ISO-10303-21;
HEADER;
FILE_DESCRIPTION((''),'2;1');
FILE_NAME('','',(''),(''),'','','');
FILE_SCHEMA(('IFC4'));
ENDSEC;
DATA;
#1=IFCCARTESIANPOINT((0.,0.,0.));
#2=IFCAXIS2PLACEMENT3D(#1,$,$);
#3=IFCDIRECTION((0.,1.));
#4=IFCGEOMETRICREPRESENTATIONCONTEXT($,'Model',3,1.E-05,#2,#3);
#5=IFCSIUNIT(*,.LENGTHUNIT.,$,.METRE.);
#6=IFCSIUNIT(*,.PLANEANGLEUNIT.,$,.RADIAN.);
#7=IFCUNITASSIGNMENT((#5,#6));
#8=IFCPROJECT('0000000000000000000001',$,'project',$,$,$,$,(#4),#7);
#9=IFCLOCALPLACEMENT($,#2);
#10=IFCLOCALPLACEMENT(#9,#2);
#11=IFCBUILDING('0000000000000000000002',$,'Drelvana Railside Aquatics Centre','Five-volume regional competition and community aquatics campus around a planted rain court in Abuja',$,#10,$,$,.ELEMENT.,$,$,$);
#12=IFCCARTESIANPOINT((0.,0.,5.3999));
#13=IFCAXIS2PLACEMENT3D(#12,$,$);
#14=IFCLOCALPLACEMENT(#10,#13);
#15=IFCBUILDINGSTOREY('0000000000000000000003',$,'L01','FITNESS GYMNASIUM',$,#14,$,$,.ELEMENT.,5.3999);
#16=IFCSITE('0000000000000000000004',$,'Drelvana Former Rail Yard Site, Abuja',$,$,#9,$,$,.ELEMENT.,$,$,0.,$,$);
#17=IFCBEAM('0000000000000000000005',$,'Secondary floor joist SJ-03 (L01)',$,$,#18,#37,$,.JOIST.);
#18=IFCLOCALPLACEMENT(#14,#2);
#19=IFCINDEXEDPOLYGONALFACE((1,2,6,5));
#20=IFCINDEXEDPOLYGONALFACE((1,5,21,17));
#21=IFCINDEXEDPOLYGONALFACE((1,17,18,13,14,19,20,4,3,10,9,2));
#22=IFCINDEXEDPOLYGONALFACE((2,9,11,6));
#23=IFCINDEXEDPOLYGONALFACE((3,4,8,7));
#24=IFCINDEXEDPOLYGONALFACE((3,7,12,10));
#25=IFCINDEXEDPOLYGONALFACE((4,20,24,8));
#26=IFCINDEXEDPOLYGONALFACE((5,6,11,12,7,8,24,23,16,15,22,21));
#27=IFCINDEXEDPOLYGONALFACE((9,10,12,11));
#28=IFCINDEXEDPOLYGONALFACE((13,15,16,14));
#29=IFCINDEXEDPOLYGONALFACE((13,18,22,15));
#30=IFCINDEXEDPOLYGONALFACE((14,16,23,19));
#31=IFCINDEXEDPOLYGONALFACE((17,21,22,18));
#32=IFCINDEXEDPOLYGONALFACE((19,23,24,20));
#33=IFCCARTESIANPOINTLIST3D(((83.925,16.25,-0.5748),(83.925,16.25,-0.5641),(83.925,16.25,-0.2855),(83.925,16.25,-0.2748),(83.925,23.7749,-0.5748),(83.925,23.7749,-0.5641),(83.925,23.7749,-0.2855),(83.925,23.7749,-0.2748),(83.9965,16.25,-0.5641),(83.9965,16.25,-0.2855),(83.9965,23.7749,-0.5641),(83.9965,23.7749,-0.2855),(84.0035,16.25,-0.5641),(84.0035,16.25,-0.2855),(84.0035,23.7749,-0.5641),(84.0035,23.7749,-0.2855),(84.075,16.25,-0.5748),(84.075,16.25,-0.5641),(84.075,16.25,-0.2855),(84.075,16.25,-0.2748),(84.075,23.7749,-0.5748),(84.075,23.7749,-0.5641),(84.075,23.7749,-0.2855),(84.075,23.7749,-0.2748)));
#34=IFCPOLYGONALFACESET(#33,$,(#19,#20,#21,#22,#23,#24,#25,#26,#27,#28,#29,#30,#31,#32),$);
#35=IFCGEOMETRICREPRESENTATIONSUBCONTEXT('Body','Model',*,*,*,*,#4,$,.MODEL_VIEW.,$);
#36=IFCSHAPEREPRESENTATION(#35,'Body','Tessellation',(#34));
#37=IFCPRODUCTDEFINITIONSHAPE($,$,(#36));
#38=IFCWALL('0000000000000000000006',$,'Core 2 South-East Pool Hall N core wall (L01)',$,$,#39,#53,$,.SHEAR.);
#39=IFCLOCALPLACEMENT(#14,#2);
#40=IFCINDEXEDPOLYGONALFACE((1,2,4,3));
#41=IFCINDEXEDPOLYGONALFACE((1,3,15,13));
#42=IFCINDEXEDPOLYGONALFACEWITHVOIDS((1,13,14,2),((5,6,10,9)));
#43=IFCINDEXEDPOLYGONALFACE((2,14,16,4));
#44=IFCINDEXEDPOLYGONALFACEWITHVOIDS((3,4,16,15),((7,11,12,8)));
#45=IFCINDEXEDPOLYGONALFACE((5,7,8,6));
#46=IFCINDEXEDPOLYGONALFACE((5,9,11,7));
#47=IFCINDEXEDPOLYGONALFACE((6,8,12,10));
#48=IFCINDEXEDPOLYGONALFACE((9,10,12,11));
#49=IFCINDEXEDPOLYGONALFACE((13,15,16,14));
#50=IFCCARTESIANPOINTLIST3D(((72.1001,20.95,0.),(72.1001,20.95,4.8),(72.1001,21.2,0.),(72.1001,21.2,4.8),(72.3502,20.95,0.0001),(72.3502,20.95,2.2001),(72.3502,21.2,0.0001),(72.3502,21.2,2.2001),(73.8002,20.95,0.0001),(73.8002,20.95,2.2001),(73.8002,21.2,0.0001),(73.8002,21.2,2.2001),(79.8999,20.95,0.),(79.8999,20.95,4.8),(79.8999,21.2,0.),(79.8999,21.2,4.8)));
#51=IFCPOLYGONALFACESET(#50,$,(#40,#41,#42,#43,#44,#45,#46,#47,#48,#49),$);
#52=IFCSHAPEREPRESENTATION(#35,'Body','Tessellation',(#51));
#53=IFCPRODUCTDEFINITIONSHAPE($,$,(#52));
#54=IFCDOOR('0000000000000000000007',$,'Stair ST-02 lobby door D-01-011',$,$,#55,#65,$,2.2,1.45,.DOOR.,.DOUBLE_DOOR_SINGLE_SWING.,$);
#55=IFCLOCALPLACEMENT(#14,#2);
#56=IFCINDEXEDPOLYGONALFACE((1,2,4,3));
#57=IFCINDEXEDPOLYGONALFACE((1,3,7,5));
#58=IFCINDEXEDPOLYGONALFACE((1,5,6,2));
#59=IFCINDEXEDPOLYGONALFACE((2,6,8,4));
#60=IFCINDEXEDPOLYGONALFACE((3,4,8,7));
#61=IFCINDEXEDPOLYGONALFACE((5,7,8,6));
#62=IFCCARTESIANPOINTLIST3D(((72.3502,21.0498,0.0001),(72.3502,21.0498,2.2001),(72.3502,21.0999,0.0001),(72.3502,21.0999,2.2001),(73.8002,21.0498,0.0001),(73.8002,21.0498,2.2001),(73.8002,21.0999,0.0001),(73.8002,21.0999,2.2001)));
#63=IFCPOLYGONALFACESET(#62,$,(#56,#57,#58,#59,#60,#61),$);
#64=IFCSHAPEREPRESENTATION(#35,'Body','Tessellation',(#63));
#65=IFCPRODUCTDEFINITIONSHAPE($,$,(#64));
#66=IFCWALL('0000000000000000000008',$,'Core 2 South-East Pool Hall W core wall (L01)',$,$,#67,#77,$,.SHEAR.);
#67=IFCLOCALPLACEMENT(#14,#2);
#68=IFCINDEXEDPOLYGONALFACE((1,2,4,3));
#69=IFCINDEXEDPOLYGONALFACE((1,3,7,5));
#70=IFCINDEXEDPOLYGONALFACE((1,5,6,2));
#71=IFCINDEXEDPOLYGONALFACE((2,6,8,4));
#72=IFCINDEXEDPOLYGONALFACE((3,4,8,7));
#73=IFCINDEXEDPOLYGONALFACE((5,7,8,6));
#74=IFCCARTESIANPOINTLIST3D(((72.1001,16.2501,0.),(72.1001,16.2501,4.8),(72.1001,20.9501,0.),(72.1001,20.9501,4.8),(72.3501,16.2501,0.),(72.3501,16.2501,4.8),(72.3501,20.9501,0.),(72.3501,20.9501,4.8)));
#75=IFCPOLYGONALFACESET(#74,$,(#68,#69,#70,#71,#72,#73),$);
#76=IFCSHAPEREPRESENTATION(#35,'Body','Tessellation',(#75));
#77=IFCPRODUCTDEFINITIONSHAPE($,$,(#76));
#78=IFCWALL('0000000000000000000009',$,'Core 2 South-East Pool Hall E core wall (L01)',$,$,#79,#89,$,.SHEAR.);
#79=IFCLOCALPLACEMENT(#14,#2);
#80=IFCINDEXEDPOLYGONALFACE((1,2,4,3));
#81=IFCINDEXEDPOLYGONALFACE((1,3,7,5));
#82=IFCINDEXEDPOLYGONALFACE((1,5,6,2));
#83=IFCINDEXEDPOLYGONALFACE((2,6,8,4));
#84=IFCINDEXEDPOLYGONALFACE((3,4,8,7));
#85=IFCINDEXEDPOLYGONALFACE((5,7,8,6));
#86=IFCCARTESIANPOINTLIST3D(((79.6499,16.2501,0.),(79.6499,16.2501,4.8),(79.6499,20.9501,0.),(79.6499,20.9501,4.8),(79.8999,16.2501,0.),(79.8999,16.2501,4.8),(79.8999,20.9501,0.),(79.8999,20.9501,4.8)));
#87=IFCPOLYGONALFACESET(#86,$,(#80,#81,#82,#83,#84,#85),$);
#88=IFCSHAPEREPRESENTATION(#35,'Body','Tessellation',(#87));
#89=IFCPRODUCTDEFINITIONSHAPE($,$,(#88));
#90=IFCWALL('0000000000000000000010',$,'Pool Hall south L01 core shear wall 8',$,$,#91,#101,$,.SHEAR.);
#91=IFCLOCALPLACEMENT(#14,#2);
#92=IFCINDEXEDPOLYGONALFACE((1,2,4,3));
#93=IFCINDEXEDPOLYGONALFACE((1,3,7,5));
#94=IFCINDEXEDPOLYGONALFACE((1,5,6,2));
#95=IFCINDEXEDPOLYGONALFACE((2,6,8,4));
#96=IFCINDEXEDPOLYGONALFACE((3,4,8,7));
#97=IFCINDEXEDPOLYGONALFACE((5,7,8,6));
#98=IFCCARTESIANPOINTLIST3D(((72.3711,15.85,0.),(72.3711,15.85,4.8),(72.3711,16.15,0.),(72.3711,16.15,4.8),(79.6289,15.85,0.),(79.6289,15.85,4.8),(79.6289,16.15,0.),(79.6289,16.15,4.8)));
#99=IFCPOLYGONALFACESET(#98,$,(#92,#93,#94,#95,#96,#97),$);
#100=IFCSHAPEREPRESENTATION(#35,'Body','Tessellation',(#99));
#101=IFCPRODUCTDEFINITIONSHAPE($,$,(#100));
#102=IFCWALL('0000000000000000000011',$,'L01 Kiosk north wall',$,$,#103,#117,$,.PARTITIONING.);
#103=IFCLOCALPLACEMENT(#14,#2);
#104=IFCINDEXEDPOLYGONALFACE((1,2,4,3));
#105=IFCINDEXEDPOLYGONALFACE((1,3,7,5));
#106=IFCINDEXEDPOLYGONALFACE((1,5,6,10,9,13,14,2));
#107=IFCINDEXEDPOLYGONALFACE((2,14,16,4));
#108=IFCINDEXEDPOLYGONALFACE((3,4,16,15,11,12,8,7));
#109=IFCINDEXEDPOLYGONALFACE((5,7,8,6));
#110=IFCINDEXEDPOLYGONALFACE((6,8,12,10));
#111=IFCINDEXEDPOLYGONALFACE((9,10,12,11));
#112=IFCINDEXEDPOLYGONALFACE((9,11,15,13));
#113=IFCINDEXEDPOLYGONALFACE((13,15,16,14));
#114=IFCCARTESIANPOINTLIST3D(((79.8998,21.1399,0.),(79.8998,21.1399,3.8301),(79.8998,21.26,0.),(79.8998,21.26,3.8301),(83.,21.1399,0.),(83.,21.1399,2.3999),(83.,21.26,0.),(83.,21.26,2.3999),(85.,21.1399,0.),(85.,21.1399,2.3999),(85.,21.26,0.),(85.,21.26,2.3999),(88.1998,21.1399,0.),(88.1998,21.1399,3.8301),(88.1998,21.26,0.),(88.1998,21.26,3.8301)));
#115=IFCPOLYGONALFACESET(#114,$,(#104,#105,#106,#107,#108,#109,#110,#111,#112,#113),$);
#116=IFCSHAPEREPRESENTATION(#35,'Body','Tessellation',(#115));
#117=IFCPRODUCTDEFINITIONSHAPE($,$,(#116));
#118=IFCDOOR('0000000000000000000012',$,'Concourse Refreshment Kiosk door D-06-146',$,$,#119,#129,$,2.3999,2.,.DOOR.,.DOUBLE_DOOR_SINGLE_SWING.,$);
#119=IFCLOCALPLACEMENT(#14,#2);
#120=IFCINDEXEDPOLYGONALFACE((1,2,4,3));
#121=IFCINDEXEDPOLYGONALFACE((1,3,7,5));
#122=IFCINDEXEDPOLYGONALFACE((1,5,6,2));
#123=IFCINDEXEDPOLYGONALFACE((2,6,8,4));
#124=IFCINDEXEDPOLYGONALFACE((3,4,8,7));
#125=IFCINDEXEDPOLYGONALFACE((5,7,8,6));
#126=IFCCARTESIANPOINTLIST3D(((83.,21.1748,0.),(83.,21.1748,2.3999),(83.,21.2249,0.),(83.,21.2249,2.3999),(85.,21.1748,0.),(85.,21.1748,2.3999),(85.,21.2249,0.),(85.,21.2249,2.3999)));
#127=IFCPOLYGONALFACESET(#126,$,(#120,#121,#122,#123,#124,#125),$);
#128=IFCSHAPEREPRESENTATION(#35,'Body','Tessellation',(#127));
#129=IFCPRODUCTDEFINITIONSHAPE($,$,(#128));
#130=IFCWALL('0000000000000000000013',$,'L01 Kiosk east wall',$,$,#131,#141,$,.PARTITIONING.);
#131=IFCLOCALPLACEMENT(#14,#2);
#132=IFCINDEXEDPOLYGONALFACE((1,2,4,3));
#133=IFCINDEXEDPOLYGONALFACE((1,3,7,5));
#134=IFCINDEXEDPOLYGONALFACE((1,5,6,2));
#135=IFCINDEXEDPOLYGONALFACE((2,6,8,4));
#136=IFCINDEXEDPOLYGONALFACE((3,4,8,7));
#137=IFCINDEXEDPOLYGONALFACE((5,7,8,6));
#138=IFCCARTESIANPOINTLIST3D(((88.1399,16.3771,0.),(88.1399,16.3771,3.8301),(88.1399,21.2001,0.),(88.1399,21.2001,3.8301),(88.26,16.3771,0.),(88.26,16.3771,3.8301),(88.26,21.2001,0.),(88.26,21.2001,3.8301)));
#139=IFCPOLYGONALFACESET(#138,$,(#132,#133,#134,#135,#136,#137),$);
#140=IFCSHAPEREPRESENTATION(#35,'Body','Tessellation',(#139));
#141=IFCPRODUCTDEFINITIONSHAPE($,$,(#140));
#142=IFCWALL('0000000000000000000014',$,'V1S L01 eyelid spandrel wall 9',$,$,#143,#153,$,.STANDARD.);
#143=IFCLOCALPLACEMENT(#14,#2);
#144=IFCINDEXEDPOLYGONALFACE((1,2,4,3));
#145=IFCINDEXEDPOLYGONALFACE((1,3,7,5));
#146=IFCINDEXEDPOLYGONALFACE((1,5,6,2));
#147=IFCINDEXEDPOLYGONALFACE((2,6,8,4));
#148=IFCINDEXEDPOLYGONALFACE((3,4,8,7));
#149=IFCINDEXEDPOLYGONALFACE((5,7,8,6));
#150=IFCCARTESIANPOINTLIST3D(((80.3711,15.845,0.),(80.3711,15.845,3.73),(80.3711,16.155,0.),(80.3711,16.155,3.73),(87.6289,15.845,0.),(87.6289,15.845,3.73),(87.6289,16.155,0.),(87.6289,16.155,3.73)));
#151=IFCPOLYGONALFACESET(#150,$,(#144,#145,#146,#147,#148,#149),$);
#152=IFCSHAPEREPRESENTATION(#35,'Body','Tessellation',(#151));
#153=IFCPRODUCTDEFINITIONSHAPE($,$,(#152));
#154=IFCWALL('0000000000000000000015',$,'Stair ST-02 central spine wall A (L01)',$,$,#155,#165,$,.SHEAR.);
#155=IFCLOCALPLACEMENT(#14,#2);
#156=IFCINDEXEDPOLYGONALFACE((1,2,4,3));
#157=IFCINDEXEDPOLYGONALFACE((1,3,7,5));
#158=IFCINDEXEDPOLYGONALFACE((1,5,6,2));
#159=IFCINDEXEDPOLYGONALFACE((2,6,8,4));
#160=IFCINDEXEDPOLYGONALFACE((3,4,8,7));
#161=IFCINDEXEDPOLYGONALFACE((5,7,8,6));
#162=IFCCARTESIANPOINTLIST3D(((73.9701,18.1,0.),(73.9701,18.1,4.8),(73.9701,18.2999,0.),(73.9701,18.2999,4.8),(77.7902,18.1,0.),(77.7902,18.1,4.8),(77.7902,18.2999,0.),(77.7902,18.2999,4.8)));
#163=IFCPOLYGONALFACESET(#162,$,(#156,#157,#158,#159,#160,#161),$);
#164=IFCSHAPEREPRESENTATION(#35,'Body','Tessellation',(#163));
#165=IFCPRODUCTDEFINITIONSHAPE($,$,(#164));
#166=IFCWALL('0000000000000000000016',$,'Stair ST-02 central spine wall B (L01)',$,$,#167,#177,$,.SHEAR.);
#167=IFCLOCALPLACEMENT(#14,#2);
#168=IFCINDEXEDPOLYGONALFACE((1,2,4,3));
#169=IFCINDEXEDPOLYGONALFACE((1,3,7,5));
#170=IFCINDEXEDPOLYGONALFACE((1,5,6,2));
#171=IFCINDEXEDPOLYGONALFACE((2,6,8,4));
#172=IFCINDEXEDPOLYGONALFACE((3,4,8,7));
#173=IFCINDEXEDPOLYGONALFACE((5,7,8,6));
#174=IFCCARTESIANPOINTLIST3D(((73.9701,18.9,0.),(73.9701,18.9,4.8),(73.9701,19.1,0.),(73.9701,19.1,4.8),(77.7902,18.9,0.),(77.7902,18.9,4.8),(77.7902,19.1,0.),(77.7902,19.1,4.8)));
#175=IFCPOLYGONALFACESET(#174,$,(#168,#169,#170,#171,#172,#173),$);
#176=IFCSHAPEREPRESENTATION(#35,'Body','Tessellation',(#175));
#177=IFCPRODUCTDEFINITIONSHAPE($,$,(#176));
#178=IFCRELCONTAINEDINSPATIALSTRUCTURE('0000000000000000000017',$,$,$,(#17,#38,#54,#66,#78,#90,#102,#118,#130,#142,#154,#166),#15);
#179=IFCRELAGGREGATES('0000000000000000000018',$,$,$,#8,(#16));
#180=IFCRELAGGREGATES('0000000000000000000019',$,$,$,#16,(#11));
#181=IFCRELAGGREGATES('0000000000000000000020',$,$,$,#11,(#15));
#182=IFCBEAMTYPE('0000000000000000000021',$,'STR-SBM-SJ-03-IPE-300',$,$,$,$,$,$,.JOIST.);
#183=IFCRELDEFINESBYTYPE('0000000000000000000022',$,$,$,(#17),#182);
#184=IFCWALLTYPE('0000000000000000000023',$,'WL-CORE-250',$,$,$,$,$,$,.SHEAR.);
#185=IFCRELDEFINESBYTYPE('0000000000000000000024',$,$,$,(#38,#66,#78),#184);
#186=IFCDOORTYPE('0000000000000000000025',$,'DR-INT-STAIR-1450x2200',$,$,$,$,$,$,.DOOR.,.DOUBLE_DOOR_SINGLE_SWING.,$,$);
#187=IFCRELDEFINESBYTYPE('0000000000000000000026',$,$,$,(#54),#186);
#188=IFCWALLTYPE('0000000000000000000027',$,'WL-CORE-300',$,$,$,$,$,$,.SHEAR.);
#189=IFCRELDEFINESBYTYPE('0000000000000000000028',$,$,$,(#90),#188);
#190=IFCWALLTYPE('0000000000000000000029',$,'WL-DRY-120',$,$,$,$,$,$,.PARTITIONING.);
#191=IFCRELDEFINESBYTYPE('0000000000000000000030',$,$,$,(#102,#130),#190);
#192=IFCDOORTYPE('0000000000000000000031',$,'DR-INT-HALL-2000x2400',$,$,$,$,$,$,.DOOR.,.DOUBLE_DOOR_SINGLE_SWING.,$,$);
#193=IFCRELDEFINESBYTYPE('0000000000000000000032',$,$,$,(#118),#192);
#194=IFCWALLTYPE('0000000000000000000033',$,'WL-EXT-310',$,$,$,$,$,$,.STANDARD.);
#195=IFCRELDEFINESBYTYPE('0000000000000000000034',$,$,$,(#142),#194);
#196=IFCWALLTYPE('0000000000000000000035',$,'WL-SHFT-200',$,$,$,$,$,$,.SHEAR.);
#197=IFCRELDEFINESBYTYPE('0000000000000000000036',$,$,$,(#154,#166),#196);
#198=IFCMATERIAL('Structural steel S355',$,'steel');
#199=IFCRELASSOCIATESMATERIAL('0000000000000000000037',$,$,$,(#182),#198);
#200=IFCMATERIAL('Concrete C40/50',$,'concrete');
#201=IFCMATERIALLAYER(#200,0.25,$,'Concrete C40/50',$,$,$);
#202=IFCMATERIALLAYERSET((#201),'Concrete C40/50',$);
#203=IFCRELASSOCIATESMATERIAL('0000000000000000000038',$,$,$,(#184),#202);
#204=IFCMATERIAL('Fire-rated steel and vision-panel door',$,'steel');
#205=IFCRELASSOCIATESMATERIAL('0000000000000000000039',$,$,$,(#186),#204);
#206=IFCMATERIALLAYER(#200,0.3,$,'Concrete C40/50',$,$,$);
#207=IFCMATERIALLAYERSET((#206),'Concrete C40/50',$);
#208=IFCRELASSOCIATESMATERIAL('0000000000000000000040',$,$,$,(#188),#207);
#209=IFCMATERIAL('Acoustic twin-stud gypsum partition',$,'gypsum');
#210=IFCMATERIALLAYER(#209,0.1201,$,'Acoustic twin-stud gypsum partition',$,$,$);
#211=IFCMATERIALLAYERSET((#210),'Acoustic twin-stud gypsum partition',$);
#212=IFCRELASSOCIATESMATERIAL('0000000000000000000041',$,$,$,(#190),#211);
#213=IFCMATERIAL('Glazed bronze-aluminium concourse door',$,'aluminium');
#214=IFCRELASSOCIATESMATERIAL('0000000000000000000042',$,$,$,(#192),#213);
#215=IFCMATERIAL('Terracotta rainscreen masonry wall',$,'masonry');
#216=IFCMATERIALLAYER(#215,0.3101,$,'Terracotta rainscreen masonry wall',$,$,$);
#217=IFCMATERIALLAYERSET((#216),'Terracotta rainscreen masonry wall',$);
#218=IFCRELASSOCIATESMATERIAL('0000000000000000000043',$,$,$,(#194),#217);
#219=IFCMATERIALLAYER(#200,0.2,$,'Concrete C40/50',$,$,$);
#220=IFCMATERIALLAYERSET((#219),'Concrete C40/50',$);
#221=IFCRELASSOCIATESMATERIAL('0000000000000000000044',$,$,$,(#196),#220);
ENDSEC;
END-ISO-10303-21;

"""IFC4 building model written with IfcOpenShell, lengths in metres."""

from ifc_helpers import new_model, si_unit, direction, frame, frame_2d, origin, origin_2d, place, context, subcontext, project, spatial, rectangle, i_section, extrude, material, layer, layer_set, material_profile, profile_set, type_object, element, fill, save


model = new_model("IFC4")

# Units and contexts
model_context = context("Model", 3, precision=1e-05, world=origin(), true_north=direction((0.0, 1.0)))
body_context = subcontext(model_context, "Body", "Model", "MODEL_VIEW")
ifc_project = project(units=[si_unit("LENGTHUNIT", "METRE"), si_unit("PLANEANGLEUNIT", "RADIAN")], contexts=[model_context])

# Site, building, storey
site_placement = place(None, origin())
site = spatial("IfcSite", under=ifc_project, at=site_placement, Name="Drelvana Former Rail Yard Site, Abuja", CompositionType="ELEMENT", RefElevation=0.0)
building_placement = place(site_placement, origin())
building = spatial("IfcBuilding", under=site, at=building_placement, Name="Drelvana Railside Aquatics Centre", Description="Five-volume regional competition and community aquatics campus around a planted rain court in Abuja", CompositionType="ELEMENT")
storey_placement = place(building_placement, frame((0.0, 0.0, 5.3999)))
storey = spatial("IfcBuildingStorey", under=building, at=storey_placement, Name="L01", Description="FITNESS GYMNASIUM", CompositionType="ELEMENT", Elevation=5.3999)

# Shared definitions
ifc_material_1 = material(Name="Concrete C40/50", Category="concrete")

# Beam
ifc_material_2 = material(Name="Structural steel S355", Category="steel")
ifc_material_profile_1 = material_profile(ifc_material_2, i_section(OverallWidth=0.1499, OverallDepth=0.3, WebThickness=0.0071, FlangeThickness=0.0107, at=origin_2d()), Name="IPE 300")
ifc_profile_set_1 = profile_set([ifc_material_profile_1], Name="Structural steel S355")
beam_type_1 = type_object("IfcBeamType", Name="STR-SBM-SJ-03-IPE-300", PredefinedType="JOIST", material=ifc_profile_set_1)
beam_1_placement = place(storey_placement, frame((84.0, 16.25, -0.4248), z_axis=(0.0, 1.0, 0.0), x_axis=(-1.0, 0.0, 0.0)))
element("IfcBeam", 1, at=beam_1_placement, inside=storey, type_object=beam_type_1, Name="Secondary floor joist SJ-03 (L01)", PredefinedType="JOIST", context=body_context, shape_type="SweptSolid", body=[
    extrude(i_section(OverallWidth=0.1499, OverallDepth=0.3, WebThickness=0.0071, FlangeThickness=0.0107, at=origin_2d()), origin(), (0.0, 0.0, 1.0), 7.5249),
])

# Wall, opening, door
ifc_layer_1 = layer(ifc_material_1, 0.25, Name="Concrete C40/50")
ifc_layer_set_1 = layer_set([ifc_layer_1], Name="Concrete C40/50")
wall_type_1 = type_object("IfcWallType", Name="WL-CORE-250", PredefinedType="SHEAR", material=ifc_layer_set_1)
wall_1_placement = place(storey_placement, frame((72.1001, 21.075, 0.0), z_axis=(0.0, 0.0, 1.0), x_axis=(1.0, 0.0, 0.0)))
wall_1 = element("IfcWall", 2, at=wall_1_placement, inside=storey, type_object=wall_type_1, Name="Core 2 South-East Pool Hall N core wall (L01)", PredefinedType="SHEAR", context=body_context, shape_type="SweptSolid", body=[
    extrude(rectangle(XDim=7.7998, YDim=0.25, at=frame_2d((3.8999, 0.0))), origin(), (0.0, 0.0, 1.0), 4.8),
])
opening_1_placement = place(wall_1_placement, frame((0.25, 0.0, 0.0)))
opening_1 = element("IfcOpeningElement", 3, at=opening_1_placement, cuts=wall_1, PredefinedType="OPENING", context=body_context, shape_type="SweptSolid", body=[
    extrude(rectangle(XDim=1.45, YDim=2.2, at=frame_2d((0.7251, 1.1001))), frame((0.0, 0.135, 0.0), z_axis=(0.0, -1.0, 0.0), x_axis=(1.0, 0.0, 0.0)), (0.0, 0.0, 1.0), 0.27),
])
ifc_material_3 = material(Name="Fire-rated steel and vision-panel door", Category="steel")
door_type_1 = type_object("IfcDoorType", Name="DR-INT-STAIR-1450x2200", OperationType="DOUBLE_DOOR_SINGLE_SWING", PredefinedType="DOOR", material=ifc_material_3)
door_1_placement = place(opening_1_placement, origin())
door_1 = element("IfcDoor", 4, at=door_1_placement, inside=storey, type_object=door_type_1, Name="Stair ST-02 lobby door D-01-011", OperationType="DOUBLE_DOOR_SINGLE_SWING", OverallHeight=2.2, OverallWidth=1.45, PredefinedType="DOOR", context=body_context, shape_type="SweptSolid", body=[
    extrude(rectangle(XDim=1.45, YDim=2.2, at=frame_2d((0.7251, 1.1001))), frame((0.0, 0.0249, 0.0), z_axis=(0.0, -1.0, 0.0), x_axis=(1.0, 0.0, 0.0)), (0.0, 0.0, 1.0), 0.05),
])
fill(opening_1, door_1)

# Walls
for number, where, z_axis, x_axis, name in (
    (5, (72.2251, 16.25, 0.0), (0.0, 0.0, 1.0), (0.0, 1.0, 0.0), "Core 2 South-East Pool Hall W core wall (L01)"),
    (6, (79.7749, 16.25, 0.0), (0.0, 0.0, 1.0), (0.0, 1.0, 0.0), "Core 2 South-East Pool Hall E core wall (L01)"),
):
    element("IfcWall", number, at=place(storey_placement, frame(where, z_axis=z_axis, x_axis=x_axis)), inside=storey, type_object=wall_type_1, Name=name, PredefinedType="SHEAR", context=body_context, shape_type="SweptSolid", body=[
        extrude(rectangle(XDim=4.7, YDim=0.25, at=frame_2d((2.3501, 0.0))), origin(), (0.0, 0.0, 1.0), 4.8),
    ])
ifc_layer_2 = layer(ifc_material_1, 0.3, Name="Concrete C40/50")
ifc_layer_set_2 = layer_set([ifc_layer_2], Name="Concrete C40/50")
wall_type_2 = type_object("IfcWallType", Name="WL-CORE-300", PredefinedType="SHEAR", material=ifc_layer_set_2)
wall_2_placement = place(storey_placement, frame((72.3711, 16.0, 0.0), z_axis=(0.0, 0.0, 1.0), x_axis=(1.0, 0.0, 0.0)))
element("IfcWall", 7, at=wall_2_placement, inside=storey, type_object=wall_type_2, Name="Pool Hall south L01 core shear wall 8", PredefinedType="SHEAR", context=body_context, shape_type="SweptSolid", body=[
    extrude(rectangle(XDim=7.2578, YDim=0.3, at=frame_2d((3.6289, 0.0))), origin(), (0.0, 0.0, 1.0), 4.8),
])

# Wall, opening, door
ifc_material_4 = material(Name="Acoustic twin-stud gypsum partition", Category="gypsum")
ifc_layer_3 = layer(ifc_material_4, 0.1201, Name="Acoustic twin-stud gypsum partition")
ifc_layer_set_3 = layer_set([ifc_layer_3], Name="Acoustic twin-stud gypsum partition")
wall_type_3 = type_object("IfcWallType", Name="WL-DRY-120", PredefinedType="PARTITIONING", material=ifc_layer_set_3)
wall_3_placement = place(storey_placement, frame((79.8999, 21.2, 0.0), z_axis=(0.0, 0.0, 1.0), x_axis=(1.0, 0.0, 0.0)))
wall_3 = element("IfcWall", 8, at=wall_3_placement, inside=storey, type_object=wall_type_3, Name="L01 Kiosk north wall", PredefinedType="PARTITIONING", context=body_context, shape_type="SweptSolid", body=[
    extrude(rectangle(XDim=8.3, YDim=0.1201, at=frame_2d((4.1499, 0.0))), origin(), (0.0, 0.0, 1.0), 3.8301),
])
opening_2_placement = place(wall_3_placement, frame((3.1001, 0.0, 0.0)))
opening_2 = element("IfcOpeningElement", 9, at=opening_2_placement, cuts=wall_3, PredefinedType="OPENING", context=body_context, shape_type="SweptSolid", body=[
    extrude(rectangle(XDim=2.0, YDim=2.3999, at=frame_2d((1.0, 1.2))), frame((0.0, 0.0701, 0.0), z_axis=(0.0, -1.0, 0.0), x_axis=(1.0, 0.0, 0.0)), (0.0, 0.0, 1.0), 0.1401),
])
ifc_material_5 = material(Name="Glazed bronze-aluminium concourse door", Category="aluminium")
door_type_2 = type_object("IfcDoorType", Name="DR-INT-HALL-2000x2400", OperationType="DOUBLE_DOOR_SINGLE_SWING", PredefinedType="DOOR", material=ifc_material_5)
door_2_placement = place(opening_2_placement, origin())
door_2 = element("IfcDoor", 10, at=door_2_placement, inside=storey, type_object=door_type_2, Name="Concourse Refreshment Kiosk door D-06-146", OperationType="DOUBLE_DOOR_SINGLE_SWING", OverallHeight=2.3999, OverallWidth=2.0, PredefinedType="DOOR", context=body_context, shape_type="SweptSolid", body=[
    extrude(rectangle(XDim=2.0, YDim=2.3999, at=frame_2d((1.0, 1.2))), frame((0.0, 0.0249, 0.0), z_axis=(0.0, -1.0, 0.0), x_axis=(1.0, 0.0, 0.0)), (0.0, 0.0, 1.0), 0.05),
])
fill(opening_2, door_2)

# Walls
wall_4_placement = place(storey_placement, frame((88.2, 16.377, 0.0), z_axis=(0.0, 0.0, 1.0), x_axis=(0.0, 1.0, 0.0)))
element("IfcWall", 11, at=wall_4_placement, inside=storey, type_object=wall_type_3, Name="L01 Kiosk east wall", PredefinedType="PARTITIONING", context=body_context, shape_type="SweptSolid", body=[
    extrude(rectangle(XDim=4.823, YDim=0.1201, at=frame_2d((2.4116, 0.0))), origin(), (0.0, 0.0, 1.0), 3.8301),
])
ifc_material_6 = material(Name="Terracotta rainscreen masonry wall", Category="masonry")
ifc_layer_4 = layer(ifc_material_6, 0.3101, Name="Terracotta rainscreen masonry wall")
ifc_layer_set_4 = layer_set([ifc_layer_4], Name="Terracotta rainscreen masonry wall")
wall_type_4 = type_object("IfcWallType", Name="WL-EXT-310", PredefinedType="STANDARD", material=ifc_layer_set_4)
wall_5_placement = place(storey_placement, frame((80.3711, 16.0, 0.0), z_axis=(0.0, 0.0, 1.0), x_axis=(1.0, 0.0, 0.0)))
element("IfcWall", 12, at=wall_5_placement, inside=storey, type_object=wall_type_4, Name="V1S L01 eyelid spandrel wall 9", PredefinedType="STANDARD", context=body_context, shape_type="SweptSolid", body=[
    extrude(rectangle(XDim=7.2578, YDim=0.3101, at=frame_2d((3.6289, 0.0))), origin(), (0.0, 0.0, 1.0), 3.73),
])
ifc_layer_5 = layer(ifc_material_1, 0.2, Name="Concrete C40/50")
ifc_layer_set_5 = layer_set([ifc_layer_5], Name="Concrete C40/50")
wall_type_5 = type_object("IfcWallType", Name="WL-SHFT-200", PredefinedType="SHEAR", material=ifc_layer_set_5)
for number, where, z_axis, x_axis, name in (
    (13, (73.97, 18.2, 0.0), (0.0, 0.0, 1.0), (1.0, 0.0, 0.0), "Stair ST-02 central spine wall A (L01)"),
    (14, (73.97, 19.0, 0.0), (0.0, 0.0, 1.0), (1.0, 0.0, 0.0), "Stair ST-02 central spine wall B (L01)"),
):
    element("IfcWall", number, at=place(storey_placement, frame(where, z_axis=z_axis, x_axis=x_axis)), inside=storey, type_object=wall_type_5, Name=name, PredefinedType="SHEAR", context=body_context, shape_type="SweptSolid", body=[
        extrude(rectangle(XDim=3.8201, YDim=0.2, at=frame_2d((1.9102, 0.0))), origin(), (0.0, 0.0, 1.0), 4.8),
    ])

save(model, "model.ifc")
